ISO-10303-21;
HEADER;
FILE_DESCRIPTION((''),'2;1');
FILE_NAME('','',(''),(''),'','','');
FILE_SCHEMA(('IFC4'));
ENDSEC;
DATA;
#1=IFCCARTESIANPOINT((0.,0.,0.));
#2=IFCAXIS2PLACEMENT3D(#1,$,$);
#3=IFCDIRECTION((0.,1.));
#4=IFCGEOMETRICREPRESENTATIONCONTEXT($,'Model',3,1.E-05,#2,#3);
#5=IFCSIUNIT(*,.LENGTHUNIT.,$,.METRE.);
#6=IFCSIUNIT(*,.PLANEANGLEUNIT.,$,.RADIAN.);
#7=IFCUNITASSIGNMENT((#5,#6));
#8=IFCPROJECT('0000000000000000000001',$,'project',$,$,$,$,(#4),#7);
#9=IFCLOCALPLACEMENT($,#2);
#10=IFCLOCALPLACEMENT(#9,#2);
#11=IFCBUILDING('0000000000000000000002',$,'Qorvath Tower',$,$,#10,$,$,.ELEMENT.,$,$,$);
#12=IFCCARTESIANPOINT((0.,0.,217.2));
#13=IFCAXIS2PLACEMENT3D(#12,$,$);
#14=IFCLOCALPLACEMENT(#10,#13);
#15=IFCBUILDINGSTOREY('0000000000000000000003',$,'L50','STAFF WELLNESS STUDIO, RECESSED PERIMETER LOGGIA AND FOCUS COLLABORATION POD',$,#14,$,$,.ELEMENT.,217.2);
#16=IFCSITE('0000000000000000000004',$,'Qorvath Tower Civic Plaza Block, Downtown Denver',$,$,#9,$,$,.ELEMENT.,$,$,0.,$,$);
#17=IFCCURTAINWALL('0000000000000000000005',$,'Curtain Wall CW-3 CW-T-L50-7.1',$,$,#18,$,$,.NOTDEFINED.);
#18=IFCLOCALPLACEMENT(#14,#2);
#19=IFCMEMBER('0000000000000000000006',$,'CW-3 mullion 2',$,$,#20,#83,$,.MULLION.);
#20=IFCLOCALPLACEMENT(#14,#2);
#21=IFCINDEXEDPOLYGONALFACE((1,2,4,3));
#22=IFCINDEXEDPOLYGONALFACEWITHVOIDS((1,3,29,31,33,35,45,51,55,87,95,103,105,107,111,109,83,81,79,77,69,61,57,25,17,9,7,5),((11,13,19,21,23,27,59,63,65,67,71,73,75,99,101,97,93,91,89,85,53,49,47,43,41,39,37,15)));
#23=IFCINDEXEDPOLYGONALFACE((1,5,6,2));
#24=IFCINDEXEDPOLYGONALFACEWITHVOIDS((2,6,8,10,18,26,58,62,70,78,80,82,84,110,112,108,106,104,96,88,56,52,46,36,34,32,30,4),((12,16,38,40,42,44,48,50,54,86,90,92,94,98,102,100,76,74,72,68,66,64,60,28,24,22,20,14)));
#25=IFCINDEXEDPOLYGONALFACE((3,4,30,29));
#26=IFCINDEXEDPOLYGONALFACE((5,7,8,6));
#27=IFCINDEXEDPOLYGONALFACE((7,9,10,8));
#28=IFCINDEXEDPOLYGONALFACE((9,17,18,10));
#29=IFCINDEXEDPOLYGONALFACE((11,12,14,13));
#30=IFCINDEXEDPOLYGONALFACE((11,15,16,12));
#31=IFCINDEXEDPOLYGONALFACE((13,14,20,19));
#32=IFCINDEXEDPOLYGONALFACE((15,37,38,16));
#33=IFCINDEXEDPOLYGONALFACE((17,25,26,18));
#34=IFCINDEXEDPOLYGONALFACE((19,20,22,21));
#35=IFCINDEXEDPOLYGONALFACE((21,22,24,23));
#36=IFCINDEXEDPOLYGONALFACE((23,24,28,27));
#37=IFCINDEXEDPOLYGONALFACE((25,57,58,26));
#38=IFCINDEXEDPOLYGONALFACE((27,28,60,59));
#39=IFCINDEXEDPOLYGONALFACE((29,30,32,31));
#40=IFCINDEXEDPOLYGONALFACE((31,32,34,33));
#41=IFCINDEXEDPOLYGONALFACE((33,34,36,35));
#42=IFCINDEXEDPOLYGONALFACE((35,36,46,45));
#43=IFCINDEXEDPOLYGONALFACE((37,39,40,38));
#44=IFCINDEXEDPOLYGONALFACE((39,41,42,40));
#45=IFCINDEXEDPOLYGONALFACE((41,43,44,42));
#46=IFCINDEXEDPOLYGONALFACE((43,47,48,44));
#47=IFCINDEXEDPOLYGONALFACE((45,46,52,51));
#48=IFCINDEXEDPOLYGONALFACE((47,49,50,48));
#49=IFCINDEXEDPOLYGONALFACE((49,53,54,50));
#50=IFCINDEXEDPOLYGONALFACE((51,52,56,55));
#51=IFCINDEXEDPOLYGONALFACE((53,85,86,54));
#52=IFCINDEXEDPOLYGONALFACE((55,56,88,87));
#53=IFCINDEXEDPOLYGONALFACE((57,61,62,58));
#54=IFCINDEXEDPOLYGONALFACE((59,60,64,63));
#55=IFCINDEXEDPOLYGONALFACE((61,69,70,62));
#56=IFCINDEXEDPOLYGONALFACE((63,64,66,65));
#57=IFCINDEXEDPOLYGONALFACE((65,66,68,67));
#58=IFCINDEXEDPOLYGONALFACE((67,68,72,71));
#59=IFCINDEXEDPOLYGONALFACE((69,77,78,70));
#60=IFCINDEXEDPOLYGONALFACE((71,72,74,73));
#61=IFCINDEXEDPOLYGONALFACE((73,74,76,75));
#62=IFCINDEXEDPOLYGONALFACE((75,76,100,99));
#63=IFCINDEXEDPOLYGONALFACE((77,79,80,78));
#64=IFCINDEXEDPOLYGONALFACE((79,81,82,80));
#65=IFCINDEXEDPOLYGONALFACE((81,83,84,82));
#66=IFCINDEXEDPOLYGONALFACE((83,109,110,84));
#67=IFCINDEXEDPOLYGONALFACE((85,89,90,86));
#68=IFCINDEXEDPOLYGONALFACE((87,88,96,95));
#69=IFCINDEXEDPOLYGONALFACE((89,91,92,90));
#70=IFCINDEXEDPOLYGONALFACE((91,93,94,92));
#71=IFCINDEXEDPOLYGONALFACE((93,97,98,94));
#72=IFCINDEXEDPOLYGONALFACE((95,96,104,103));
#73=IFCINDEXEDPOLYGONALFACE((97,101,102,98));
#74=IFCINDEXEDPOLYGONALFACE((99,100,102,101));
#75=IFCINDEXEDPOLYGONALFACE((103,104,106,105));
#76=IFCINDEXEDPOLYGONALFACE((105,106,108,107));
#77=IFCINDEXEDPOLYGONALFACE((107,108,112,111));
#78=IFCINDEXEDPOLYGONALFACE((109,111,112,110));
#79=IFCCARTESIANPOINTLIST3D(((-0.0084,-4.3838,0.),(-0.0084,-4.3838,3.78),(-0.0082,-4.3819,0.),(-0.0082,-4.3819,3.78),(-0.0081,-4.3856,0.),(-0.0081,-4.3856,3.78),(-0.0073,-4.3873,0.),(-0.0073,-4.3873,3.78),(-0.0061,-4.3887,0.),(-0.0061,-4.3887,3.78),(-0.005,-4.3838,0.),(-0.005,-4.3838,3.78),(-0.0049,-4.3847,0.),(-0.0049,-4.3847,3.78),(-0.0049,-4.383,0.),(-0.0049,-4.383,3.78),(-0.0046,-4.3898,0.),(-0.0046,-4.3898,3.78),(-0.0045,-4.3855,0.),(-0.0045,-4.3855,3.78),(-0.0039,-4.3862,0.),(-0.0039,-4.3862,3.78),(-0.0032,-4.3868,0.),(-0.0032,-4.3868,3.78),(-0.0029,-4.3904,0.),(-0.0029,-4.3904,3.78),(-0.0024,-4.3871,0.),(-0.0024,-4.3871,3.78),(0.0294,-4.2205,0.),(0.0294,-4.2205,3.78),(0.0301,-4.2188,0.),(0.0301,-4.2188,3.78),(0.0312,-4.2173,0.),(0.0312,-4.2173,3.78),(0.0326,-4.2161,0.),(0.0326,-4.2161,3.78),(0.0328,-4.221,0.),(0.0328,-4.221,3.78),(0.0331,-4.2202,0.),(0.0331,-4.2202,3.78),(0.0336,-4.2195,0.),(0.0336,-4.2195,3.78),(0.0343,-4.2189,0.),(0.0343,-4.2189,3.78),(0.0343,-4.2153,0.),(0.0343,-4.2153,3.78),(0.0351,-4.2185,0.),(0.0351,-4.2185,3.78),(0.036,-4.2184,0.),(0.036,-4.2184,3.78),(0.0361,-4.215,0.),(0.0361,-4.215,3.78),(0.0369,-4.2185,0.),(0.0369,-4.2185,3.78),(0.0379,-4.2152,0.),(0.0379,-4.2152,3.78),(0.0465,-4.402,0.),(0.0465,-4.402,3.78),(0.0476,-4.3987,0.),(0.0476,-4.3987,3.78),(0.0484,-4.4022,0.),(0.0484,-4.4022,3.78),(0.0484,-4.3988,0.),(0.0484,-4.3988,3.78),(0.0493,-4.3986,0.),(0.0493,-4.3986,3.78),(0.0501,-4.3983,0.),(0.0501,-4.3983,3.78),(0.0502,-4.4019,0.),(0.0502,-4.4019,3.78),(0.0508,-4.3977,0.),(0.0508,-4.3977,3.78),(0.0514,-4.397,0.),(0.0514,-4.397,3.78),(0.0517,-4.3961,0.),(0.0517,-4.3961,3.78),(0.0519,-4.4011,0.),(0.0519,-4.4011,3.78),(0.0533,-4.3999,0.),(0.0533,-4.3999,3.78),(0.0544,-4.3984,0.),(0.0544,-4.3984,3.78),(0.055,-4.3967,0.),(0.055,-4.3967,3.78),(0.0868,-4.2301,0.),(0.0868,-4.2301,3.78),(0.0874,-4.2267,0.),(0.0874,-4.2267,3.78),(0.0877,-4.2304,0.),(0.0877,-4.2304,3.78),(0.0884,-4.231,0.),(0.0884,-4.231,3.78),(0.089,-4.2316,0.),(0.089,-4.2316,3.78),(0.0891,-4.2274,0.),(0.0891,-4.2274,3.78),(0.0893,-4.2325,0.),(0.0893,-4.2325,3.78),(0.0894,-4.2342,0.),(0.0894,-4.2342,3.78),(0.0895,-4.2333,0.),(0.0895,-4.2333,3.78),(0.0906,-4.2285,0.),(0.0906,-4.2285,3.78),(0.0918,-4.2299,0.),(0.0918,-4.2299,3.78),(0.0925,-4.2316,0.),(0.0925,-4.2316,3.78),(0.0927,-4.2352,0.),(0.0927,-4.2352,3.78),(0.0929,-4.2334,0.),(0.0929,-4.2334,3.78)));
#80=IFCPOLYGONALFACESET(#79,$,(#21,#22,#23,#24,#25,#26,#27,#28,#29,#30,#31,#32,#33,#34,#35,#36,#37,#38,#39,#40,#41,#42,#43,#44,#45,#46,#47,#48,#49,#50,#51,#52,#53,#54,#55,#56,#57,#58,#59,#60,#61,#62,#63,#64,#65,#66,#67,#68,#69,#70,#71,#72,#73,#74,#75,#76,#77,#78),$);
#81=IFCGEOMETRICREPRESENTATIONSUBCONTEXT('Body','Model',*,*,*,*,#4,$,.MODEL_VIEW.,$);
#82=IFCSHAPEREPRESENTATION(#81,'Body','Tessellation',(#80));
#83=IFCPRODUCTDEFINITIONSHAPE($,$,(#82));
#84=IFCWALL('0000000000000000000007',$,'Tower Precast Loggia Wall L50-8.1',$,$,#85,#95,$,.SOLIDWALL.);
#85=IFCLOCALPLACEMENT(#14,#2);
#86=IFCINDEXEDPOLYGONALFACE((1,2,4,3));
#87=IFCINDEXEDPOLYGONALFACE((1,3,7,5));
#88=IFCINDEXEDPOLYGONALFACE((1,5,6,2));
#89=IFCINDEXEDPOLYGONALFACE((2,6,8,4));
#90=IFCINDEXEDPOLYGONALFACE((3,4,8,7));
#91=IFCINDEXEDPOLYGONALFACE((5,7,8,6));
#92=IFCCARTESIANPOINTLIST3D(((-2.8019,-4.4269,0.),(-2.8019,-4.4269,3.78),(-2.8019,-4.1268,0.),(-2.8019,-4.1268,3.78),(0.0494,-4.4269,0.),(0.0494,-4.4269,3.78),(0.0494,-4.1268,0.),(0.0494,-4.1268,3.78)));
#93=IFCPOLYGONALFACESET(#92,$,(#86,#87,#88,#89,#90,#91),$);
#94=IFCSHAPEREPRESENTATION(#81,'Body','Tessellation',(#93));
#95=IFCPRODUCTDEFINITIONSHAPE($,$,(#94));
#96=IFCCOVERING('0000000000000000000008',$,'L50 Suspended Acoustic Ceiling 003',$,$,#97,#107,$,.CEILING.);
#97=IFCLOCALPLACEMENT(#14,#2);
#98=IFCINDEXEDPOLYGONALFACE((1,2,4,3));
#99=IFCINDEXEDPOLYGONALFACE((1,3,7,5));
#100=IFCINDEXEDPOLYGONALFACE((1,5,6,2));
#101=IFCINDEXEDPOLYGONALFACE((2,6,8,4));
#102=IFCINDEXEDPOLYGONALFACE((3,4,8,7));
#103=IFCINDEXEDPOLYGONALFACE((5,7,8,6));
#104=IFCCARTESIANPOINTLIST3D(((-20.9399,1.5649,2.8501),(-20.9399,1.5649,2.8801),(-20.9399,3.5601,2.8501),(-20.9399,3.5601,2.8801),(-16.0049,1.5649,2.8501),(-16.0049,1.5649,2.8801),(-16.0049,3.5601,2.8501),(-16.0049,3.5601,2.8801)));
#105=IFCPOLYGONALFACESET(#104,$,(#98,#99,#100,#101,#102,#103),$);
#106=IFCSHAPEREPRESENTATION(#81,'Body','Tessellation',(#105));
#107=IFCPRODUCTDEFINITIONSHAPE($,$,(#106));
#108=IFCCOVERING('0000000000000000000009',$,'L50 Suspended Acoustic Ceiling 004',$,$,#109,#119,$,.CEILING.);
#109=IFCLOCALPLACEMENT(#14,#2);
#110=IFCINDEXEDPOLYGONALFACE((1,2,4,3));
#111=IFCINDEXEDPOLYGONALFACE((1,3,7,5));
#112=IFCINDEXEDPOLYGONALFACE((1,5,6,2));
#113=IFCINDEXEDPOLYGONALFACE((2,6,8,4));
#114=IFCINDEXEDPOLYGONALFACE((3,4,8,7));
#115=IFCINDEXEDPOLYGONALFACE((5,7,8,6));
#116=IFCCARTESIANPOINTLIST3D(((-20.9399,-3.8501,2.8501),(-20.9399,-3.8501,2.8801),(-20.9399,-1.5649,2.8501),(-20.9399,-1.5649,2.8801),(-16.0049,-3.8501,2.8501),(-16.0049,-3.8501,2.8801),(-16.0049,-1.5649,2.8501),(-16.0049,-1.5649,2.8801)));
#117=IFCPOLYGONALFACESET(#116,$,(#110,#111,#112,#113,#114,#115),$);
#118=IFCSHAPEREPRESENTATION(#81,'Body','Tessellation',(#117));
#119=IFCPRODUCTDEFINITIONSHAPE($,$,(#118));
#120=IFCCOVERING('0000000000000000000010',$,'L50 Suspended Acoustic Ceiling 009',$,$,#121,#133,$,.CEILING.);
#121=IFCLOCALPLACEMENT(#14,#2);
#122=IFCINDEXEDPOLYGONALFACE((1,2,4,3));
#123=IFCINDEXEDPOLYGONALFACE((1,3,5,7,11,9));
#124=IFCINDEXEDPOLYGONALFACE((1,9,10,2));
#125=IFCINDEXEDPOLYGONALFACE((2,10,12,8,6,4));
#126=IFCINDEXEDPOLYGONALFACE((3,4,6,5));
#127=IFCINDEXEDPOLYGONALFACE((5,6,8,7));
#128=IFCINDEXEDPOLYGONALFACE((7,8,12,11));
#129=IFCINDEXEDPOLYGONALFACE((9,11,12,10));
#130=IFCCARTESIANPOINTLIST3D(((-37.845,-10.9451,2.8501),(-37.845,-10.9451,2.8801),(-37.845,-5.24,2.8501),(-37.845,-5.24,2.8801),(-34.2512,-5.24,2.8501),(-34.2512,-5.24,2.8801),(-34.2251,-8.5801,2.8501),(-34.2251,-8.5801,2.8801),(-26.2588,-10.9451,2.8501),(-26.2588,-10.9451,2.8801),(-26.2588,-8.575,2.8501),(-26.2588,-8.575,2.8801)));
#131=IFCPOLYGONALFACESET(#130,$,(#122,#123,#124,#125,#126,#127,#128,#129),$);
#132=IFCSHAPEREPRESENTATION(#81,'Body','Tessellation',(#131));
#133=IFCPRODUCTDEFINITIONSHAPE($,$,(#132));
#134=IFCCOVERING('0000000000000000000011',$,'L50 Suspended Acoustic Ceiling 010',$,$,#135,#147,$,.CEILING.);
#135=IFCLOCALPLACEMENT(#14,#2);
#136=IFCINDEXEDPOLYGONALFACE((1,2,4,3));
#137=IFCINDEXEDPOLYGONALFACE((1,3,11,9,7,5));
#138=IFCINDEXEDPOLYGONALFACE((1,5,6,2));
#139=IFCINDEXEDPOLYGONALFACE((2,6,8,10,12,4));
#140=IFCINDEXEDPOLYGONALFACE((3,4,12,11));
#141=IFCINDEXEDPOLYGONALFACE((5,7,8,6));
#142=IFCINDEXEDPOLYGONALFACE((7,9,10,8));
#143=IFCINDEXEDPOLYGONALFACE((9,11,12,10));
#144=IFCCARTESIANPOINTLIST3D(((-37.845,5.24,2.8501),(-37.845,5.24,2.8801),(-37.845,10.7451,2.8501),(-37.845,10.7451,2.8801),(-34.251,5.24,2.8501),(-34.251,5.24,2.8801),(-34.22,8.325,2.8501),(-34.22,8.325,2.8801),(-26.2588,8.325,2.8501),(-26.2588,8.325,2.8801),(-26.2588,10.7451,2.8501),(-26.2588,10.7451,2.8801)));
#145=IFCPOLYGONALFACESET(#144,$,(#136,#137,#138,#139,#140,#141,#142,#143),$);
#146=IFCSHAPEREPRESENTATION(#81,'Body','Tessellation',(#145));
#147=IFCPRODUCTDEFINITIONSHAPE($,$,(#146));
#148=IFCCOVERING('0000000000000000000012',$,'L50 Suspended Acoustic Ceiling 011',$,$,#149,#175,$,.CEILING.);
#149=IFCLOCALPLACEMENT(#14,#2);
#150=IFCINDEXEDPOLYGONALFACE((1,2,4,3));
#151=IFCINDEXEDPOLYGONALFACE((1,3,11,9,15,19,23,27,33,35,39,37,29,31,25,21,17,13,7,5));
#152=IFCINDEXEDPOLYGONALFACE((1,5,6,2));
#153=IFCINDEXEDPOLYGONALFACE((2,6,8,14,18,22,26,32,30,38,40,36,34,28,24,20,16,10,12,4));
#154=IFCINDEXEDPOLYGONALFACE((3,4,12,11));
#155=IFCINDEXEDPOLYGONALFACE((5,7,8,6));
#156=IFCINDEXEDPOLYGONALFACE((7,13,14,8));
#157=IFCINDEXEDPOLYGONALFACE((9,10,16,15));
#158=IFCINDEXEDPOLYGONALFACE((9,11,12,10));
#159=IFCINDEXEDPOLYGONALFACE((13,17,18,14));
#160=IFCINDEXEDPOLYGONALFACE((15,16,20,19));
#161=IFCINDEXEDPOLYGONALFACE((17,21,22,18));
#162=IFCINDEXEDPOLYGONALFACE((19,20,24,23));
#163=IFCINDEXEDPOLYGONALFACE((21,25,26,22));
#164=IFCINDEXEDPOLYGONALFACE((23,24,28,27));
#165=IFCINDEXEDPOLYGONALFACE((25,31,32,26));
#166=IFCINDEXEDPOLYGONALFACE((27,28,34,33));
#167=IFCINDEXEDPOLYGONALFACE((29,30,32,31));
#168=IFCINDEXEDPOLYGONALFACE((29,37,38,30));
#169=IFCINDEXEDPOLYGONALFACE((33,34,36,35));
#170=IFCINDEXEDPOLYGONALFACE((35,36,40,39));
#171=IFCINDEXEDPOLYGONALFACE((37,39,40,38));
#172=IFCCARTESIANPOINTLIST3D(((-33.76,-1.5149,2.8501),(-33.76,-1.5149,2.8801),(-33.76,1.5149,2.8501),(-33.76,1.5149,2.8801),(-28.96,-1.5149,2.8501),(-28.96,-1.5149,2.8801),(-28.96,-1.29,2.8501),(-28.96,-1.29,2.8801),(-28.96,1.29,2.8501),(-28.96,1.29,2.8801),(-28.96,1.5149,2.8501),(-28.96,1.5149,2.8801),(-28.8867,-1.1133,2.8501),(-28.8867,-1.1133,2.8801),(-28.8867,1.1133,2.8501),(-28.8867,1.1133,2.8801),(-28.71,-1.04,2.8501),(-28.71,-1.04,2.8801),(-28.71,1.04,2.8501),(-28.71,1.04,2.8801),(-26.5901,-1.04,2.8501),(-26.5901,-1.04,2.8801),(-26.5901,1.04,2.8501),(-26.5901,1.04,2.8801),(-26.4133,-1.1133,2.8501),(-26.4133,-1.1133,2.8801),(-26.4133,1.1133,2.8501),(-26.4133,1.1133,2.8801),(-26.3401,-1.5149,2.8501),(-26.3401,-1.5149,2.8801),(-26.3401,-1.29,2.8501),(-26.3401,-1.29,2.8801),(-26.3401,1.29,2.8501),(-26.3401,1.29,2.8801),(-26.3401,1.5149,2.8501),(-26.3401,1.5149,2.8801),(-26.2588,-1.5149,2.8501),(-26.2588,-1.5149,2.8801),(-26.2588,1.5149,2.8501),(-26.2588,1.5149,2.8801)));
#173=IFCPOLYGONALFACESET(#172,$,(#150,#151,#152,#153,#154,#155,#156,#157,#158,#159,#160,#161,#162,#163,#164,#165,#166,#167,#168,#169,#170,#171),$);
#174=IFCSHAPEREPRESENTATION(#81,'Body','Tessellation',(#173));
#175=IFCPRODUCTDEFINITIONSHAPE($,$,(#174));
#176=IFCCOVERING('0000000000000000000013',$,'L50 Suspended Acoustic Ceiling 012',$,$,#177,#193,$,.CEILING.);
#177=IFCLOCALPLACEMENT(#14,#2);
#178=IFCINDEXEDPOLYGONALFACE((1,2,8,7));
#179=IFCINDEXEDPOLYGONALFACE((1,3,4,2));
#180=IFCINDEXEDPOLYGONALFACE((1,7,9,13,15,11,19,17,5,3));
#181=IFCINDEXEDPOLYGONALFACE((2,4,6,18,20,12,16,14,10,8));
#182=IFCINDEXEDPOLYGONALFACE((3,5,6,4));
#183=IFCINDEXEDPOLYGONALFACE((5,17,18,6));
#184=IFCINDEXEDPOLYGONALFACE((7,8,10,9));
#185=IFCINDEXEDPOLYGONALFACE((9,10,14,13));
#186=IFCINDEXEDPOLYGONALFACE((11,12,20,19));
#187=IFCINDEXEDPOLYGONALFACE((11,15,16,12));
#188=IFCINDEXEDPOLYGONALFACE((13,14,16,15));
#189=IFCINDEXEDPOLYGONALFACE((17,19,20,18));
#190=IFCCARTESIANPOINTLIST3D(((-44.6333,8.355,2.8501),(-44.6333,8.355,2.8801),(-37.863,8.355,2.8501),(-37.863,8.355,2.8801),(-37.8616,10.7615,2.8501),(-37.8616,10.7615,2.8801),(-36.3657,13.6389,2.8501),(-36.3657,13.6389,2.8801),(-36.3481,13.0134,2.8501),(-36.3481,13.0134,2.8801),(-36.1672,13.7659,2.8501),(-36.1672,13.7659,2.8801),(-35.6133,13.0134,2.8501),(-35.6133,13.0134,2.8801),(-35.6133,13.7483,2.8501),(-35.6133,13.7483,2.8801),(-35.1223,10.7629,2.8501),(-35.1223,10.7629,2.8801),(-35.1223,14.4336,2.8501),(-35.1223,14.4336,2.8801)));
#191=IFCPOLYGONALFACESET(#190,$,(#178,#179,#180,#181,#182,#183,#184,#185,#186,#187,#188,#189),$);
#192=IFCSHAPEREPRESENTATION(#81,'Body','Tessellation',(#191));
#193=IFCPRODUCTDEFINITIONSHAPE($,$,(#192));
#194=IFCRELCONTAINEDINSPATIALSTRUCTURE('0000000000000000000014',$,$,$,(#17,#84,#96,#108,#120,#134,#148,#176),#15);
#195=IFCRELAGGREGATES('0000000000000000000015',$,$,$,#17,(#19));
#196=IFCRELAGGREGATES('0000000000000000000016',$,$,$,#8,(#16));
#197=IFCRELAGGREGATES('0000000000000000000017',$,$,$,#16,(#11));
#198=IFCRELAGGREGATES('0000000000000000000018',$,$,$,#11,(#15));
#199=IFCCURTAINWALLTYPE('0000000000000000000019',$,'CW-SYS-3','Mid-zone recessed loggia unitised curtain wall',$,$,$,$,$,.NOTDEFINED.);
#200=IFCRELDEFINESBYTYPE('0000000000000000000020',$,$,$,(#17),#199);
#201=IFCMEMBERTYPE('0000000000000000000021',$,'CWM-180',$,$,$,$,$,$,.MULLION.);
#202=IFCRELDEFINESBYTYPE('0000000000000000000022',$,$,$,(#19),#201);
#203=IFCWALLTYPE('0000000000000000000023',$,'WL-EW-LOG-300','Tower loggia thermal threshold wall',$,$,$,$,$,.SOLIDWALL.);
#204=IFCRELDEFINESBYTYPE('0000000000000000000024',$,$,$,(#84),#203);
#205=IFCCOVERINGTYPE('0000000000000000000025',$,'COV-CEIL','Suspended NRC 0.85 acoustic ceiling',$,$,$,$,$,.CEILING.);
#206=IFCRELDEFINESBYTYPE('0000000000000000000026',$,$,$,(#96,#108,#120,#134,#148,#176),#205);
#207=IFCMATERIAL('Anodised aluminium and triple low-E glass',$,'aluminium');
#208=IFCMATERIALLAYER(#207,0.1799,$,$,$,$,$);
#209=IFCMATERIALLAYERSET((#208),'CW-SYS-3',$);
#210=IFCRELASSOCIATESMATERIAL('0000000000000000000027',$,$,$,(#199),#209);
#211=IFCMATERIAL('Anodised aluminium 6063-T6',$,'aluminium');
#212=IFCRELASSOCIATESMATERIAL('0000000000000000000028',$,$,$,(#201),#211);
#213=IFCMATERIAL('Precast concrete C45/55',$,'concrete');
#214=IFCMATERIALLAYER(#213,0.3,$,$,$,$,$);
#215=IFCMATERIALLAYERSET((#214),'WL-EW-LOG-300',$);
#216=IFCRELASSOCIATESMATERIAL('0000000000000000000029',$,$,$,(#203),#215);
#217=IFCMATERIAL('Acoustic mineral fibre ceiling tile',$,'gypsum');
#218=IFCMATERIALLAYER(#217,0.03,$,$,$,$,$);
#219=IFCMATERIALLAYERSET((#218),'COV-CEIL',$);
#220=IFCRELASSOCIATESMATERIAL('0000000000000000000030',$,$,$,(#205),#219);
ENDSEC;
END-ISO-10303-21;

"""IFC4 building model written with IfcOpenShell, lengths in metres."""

from ifc_helpers import new_model, si_unit, direction, frame, frame_2d, origin, origin_2d, place, context, subcontext, project, spatial, polyline, rectangle, hollow_rectangle, outline, extrude, material, layer, layer_set, material_profile, profile_set, type_object, element, aggregate, save


model = new_model("IFC4")

# Units and contexts
model_context = context("Model", 3, precision=1e-05, world=origin(), true_north=direction((0.0, 1.0)))
body_context = subcontext(model_context, "Body", "Model", "MODEL_VIEW")
ifc_project = project(units=[si_unit("LENGTHUNIT", "METRE"), si_unit("PLANEANGLEUNIT", "RADIAN")], contexts=[model_context])

# Site, building, storey
site_placement = place(None, origin())
site = spatial("IfcSite", under=ifc_project, at=site_placement, Name="Qorvath Tower Civic Plaza Block, Downtown Denver", CompositionType="ELEMENT", RefElevation=0.0)
building_placement = place(site_placement, origin())
building = spatial("IfcBuilding", under=site, at=building_placement, Name="Qorvath Tower", CompositionType="ELEMENT")
storey_placement = place(building_placement, frame((0.0, 0.0, 217.2)))
storey = spatial("IfcBuildingStorey", under=building, at=storey_placement, Name="L50", Description="STAFF WELLNESS STUDIO, RECESSED PERIMETER LOGGIA AND FOCUS COLLABORATION POD", CompositionType="ELEMENT", Elevation=217.2)

# Curtain wall, member
ifc_material_1 = material(Name="Anodised aluminium and triple low-E glass", Category="aluminium")
ifc_layer_1 = layer(ifc_material_1, 0.1799)
ifc_layer_set_1 = layer_set([ifc_layer_1], Name="CW-SYS-3")
curtain_wall_type = type_object("IfcCurtainWallType", Name="CW-SYS-3", Description="Mid-zone recessed loggia unitised curtain wall", PredefinedType="NOTDEFINED", material=ifc_layer_set_1)
curtain_wall_placement = place(storey_placement, origin())
curtain_wall = element("IfcCurtainWall", 1, at=curtain_wall_placement, inside=storey, type_object=curtain_wall_type, Name="Curtain Wall CW-3 CW-T-L50-7.1", PredefinedType="NOTDEFINED")
ifc_material_2 = material(Name="Anodised aluminium 6063-T6", Category="aluminium")
ifc_material_profile = material_profile(ifc_material_2, hollow_rectangle(XDim=0.0649, YDim=0.1799, WallThickness=0.0034, InnerFilletRadius=0.0034, OuterFilletRadius=0.0071, at=origin_2d()), Name="CWM 180x65")
ifc_profile_set = profile_set([ifc_material_profile], Name="Anodised aluminium 6063-T6")
member_type = type_object("IfcMemberType", Name="CWM-180", PredefinedType="MULLION", material=ifc_profile_set)
member_placement = place(storey_placement, frame((0.0422, -4.3086, 0.0), z_axis=(0.0, 0.0, 1.0), x_axis=(-0.973908, 0.226944, 0.0)))
member = element("IfcMember", 2, at=member_placement, type_object=member_type, Name="CW-3 mullion 2", PredefinedType="MULLION", context=body_context, shape_type="SweptSolid", body=[
    extrude(hollow_rectangle(XDim=0.0649, YDim=0.1799, WallThickness=0.0034, InnerFilletRadius=0.0034, OuterFilletRadius=0.0071, at=origin_2d()), origin(), (0.0, 0.0, 1.0), 3.78),
])
aggregate(curtain_wall, [member])

# Wall
ifc_material_3 = material(Name="Precast concrete C45/55", Category="concrete")
ifc_layer_2 = layer(ifc_material_3, 0.3)
ifc_layer_set_2 = layer_set([ifc_layer_2], Name="WL-EW-LOG-300")
wall_type = type_object("IfcWallType", Name="WL-EW-LOG-300", Description="Tower loggia thermal threshold wall", PredefinedType="SOLIDWALL", material=ifc_layer_set_2)
wall_placement = place(storey_placement, frame((0.0496, -4.2769, 0.0), z_axis=(0.0, 0.0, 1.0), x_axis=(-1.0, 0.0, 0.0)))
element("IfcWall", 3, at=wall_placement, inside=storey, type_object=wall_type, Name="Tower Precast Loggia Wall L50-8.1", PredefinedType="SOLIDWALL", context=body_context, shape_type="SweptSolid", body=[
    extrude(rectangle(XDim=2.8513, YDim=0.3, at=frame_2d((1.4258, 0.0))), origin(), (0.0, 0.0, 1.0), 3.78),
])

# Coverings
ifc_material_4 = material(Name="Acoustic mineral fibre ceiling tile", Category="gypsum")
ifc_layer_3 = layer(ifc_material_4, 0.03)
ifc_layer_set_3 = layer_set([ifc_layer_3], Name="COV-CEIL")
covering_type_1 = type_object("IfcCoveringType", Name="COV-CEIL", Description="Suspended NRC 0.85 acoustic ceiling", PredefinedType="CEILING", material=ifc_layer_set_3)
covering_1_placement = place(storey_placement, frame((0.0, 0.0, 2.8501)))
element("IfcCovering", 4, at=covering_1_placement, inside=storey, type_object=covering_type_1, Name="L50 Suspended Acoustic Ceiling 003", PredefinedType="CEILING", context=body_context, shape_type="SweptSolid", body=[
    extrude(outline(polyline([(-16.0049, 3.5601), (-20.9399, 3.5601), (-20.9399, 1.5649), (-16.0049, 1.5649), (-16.0049, 3.5601)])), origin(), (0.0, 0.0, 1.0), 0.03),
])
covering_2_placement = place(storey_placement, frame((0.0, 0.0, 2.8501)))
element("IfcCovering", 5, at=covering_2_placement, inside=storey, type_object=covering_type_1, Name="L50 Suspended Acoustic Ceiling 004", PredefinedType="CEILING", context=body_context, shape_type="SweptSolid", body=[
    extrude(outline(polyline([(-20.9399, -1.5649), (-20.9399, -3.8501), (-16.0049, -3.8501), (-16.0049, -1.5649), (-20.9399, -1.5649)])), origin(), (0.0, 0.0, 1.0), 0.03),
])
covering_3_placement = place(storey_placement, frame((0.0, 0.0, 2.8501)))
element("IfcCovering", 6, at=covering_3_placement, inside=storey, type_object=covering_type_1, Name="L50 Suspended Acoustic Ceiling 009", PredefinedType="CEILING", context=body_context, shape_type="SweptSolid", body=[
    extrude(outline(polyline([(-34.2251, -8.5801), (-34.2512, -5.24), (-37.845, -5.24), (-37.845, -10.9451), (-26.2588, -10.9451), (-26.2588, -8.575), (-34.2251, -8.5801)])), origin(), (0.0, 0.0, 1.0), 0.03),
])
covering_4_placement = place(storey_placement, frame((0.0, 0.0, 2.8501)))
element("IfcCovering", 7, at=covering_4_placement, inside=storey, type_object=covering_type_1, Name="L50 Suspended Acoustic Ceiling 010", PredefinedType="CEILING", context=body_context, shape_type="SweptSolid", body=[
    extrude(outline(polyline([(-26.2588, 8.325), (-26.2588, 10.7451), (-37.845, 10.7451), (-37.845, 5.24), (-34.251, 5.24), (-34.22, 8.325), (-26.2588, 8.325)])), origin(), (0.0, 0.0, 1.0), 0.03),
])
covering_5_placement = place(storey_placement, frame((0.0, 0.0, 2.8501)))
element("IfcCovering", 8, at=covering_5_placement, inside=storey, type_object=covering_type_1, Name="L50 Suspended Acoustic Ceiling 011", PredefinedType="CEILING", context=body_context, shape_type="SweptSolid", body=[
    extrude(outline(polyline([(-26.2588, -1.5149), (-26.2588, 1.5149), (-26.3401, 1.5149), (-26.3401, 1.29), (-26.4133, 1.1133), (-26.5901, 1.04), (-28.71, 1.04), (-28.8867, 1.1133), (-28.96, 1.29), (-28.96, 1.5149), (-33.76, 1.5149), (-33.76, -1.5149), (-28.96, -1.5149), (-28.96, -1.29), (-28.8867, -1.1133), (-28.71, -1.04), (-26.5901, -1.04), (-26.4133, -1.1133), (-26.3401, -1.29), (-26.3401, -1.5149), (-26.2588, -1.5149)])), origin(), (0.0, 0.0, 1.0), 0.03),
])
covering_6_placement = place(storey_placement, frame((0.0, 0.0, 2.8501)))
element("IfcCovering", 9, at=covering_6_placement, inside=storey, type_object=covering_type_1, Name="L50 Suspended Acoustic Ceiling 012", PredefinedType="CEILING", context=body_context, shape_type="SweptSolid", body=[
    extrude(outline(polyline([(-35.1223, 14.4336), (-36.1672, 13.7659), (-35.6133, 13.7483), (-35.6133, 13.0134), (-36.3481, 13.0134), (-36.3657, 13.6389), (-44.6333, 8.355), (-37.863, 8.355), (-37.8616, 10.7615), (-35.1223, 10.7629), (-35.1223, 14.4336)])), origin(), (0.0, 0.0, 1.0), 0.03),
])

save(model, "model.ifc")
